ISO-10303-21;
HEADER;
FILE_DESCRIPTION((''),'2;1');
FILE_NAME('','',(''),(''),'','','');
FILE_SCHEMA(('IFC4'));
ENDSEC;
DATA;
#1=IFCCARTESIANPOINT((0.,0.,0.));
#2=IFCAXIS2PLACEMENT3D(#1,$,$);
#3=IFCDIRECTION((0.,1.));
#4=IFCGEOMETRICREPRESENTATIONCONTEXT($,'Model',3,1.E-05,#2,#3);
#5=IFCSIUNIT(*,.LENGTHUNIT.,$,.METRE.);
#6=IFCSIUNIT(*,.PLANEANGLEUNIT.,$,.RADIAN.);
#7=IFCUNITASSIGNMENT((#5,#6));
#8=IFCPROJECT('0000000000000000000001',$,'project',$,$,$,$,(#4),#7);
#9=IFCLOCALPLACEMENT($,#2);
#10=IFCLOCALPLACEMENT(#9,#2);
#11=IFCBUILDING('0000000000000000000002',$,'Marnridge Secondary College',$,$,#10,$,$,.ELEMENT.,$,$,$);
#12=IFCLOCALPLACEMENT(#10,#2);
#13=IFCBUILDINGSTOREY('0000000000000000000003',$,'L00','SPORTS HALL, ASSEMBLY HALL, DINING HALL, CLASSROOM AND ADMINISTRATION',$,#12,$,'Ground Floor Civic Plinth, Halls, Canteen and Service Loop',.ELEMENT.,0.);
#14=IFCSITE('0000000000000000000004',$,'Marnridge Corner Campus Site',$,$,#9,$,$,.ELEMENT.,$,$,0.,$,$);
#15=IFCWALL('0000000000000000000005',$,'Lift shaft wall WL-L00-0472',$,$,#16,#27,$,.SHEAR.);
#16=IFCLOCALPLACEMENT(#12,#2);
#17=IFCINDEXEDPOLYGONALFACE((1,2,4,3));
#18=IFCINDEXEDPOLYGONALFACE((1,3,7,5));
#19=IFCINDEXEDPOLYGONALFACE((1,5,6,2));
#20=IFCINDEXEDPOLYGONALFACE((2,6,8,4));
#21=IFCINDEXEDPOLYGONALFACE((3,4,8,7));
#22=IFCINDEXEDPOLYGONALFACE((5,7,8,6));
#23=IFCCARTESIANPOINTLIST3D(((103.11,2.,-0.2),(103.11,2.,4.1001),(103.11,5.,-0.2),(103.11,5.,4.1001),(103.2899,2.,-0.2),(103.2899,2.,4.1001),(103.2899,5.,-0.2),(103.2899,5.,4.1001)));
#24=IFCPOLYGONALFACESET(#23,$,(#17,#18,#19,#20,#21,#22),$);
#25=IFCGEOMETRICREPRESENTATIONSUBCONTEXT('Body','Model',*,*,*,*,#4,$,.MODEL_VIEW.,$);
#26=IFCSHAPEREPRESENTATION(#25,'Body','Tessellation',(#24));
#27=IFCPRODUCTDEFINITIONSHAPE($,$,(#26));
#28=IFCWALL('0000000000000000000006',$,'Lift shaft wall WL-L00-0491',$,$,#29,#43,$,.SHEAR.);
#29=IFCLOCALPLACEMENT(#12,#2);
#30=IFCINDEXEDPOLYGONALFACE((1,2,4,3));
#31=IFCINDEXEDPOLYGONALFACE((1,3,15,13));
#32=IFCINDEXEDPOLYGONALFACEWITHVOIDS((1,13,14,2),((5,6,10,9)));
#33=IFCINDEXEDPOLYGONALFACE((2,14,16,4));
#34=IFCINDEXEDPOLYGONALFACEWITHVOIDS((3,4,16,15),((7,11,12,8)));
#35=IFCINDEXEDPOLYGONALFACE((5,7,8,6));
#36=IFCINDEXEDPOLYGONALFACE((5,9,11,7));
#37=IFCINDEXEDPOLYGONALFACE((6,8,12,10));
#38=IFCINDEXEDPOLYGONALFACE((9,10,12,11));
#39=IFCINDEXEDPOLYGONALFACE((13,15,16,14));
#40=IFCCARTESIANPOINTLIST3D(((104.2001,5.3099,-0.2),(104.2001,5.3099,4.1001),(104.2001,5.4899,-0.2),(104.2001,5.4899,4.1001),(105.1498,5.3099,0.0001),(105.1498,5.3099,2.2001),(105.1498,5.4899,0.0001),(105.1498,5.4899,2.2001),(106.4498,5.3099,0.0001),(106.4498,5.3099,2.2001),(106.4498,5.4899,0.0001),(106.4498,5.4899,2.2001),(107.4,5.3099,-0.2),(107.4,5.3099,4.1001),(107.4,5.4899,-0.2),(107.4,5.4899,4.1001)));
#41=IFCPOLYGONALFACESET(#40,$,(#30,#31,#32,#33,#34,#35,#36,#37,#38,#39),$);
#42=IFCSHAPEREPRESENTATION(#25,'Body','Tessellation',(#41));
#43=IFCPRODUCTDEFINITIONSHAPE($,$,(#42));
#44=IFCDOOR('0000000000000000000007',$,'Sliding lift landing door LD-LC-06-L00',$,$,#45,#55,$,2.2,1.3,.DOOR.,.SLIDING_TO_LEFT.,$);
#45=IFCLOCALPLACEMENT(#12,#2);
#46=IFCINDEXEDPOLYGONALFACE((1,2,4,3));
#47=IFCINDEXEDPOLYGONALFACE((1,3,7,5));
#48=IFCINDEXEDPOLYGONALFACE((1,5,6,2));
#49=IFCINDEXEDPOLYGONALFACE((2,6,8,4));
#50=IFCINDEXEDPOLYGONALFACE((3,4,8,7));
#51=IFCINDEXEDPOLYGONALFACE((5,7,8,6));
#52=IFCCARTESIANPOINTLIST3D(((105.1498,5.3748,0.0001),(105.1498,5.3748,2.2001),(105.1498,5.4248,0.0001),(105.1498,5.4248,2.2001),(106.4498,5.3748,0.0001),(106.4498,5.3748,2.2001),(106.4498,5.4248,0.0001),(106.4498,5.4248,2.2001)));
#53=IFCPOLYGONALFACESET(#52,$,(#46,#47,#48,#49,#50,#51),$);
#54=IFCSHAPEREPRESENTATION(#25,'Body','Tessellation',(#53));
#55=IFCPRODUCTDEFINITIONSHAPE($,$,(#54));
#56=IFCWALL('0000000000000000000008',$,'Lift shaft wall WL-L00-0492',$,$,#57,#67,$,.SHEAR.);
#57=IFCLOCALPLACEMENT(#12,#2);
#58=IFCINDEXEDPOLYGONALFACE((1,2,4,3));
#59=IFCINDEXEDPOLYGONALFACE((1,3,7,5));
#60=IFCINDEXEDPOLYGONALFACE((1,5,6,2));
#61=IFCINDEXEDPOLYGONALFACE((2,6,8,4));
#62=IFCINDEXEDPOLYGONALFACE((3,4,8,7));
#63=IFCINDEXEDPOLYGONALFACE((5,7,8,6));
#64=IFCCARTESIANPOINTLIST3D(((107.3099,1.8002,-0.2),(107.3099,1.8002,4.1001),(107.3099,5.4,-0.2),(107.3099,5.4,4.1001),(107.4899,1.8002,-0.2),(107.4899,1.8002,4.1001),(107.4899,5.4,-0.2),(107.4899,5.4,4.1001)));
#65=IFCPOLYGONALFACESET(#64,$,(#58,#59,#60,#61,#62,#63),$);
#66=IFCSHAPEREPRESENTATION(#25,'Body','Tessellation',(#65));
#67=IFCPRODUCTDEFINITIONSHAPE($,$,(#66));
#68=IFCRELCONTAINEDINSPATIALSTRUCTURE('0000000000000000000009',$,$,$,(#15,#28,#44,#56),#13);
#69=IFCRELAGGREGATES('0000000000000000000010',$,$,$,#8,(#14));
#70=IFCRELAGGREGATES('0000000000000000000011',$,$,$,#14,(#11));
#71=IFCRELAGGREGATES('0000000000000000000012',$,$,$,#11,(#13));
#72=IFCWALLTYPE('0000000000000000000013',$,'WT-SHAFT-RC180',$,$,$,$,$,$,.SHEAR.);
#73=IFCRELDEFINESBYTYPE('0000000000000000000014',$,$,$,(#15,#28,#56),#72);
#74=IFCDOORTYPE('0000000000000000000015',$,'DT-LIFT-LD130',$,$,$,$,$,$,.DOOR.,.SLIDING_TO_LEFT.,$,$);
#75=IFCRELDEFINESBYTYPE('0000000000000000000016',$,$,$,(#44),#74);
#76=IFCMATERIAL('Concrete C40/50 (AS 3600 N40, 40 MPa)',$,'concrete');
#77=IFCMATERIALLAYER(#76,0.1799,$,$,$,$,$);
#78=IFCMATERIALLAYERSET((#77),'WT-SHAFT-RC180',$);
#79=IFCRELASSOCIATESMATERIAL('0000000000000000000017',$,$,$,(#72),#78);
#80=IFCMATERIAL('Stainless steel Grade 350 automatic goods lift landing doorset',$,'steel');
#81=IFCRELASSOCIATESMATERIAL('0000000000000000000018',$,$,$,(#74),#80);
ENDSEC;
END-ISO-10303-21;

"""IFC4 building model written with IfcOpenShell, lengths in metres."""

from ifc_helpers import new_model, si_unit, direction, frame, frame_2d, origin, place, context, subcontext, project, spatial, rectangle, extrude, material, layer, layer_set, type_object, element, fill, save


model = new_model("IFC4")

# Units and contexts
model_context = context("Model", 3, precision=1e-05, world=origin(), true_north=direction((0.0, 1.0)))
body_context = subcontext(model_context, "Body", "Model", "MODEL_VIEW")
ifc_project = project(units=[si_unit("LENGTHUNIT", "METRE"), si_unit("PLANEANGLEUNIT", "RADIAN")], contexts=[model_context])

# Site, building, storey
site_placement = place(None, origin())
site = spatial("IfcSite", under=ifc_project, at=site_placement, Name="Marnridge Corner Campus Site", CompositionType="ELEMENT", RefElevation=0.0)
building_placement = place(site_placement, origin())
building = spatial("IfcBuilding", under=site, at=building_placement, Name="Marnridge Secondary College", CompositionType="ELEMENT")
storey_placement = place(building_placement, origin())
storey = spatial("IfcBuildingStorey", under=building, at=storey_placement, Name="L00", Description="SPORTS HALL, ASSEMBLY HALL, DINING HALL, CLASSROOM AND ADMINISTRATION", LongName="Ground Floor Civic Plinth, Halls, Canteen and Service Loop", CompositionType="ELEMENT", Elevation=0.0)

# Shared definitions
ifc_material_1 = material(Name="Concrete C40/50 (AS 3600 N40, 40 MPa)", Category="concrete")
ifc_layer_1 = layer(ifc_material_1, 0.1799)
ifc_layer_set_1 = layer_set([ifc_layer_1], Name="WT-SHAFT-RC180")
wall_type_1 = type_object("IfcWallType", Name="WT-SHAFT-RC180", PredefinedType="SHEAR", material=ifc_layer_set_1)

# Wall
wall_1_placement = place(storey_placement, frame((103.2, 5.0, -0.2), z_axis=(0.0, 0.0, 1.0), x_axis=(0.0, -1.0, 0.0)))
element("IfcWall", 1, at=wall_1_placement, inside=storey, type_object=wall_type_1, Name="Lift shaft wall WL-L00-0472", PredefinedType="SHEAR", context=body_context, shape_type="SweptSolid", body=[
    extrude(rectangle(XDim=3.0, YDim=0.1799, at=frame_2d((1.5, 0.0))), origin(), (0.0, 0.0, 1.0), 4.3),
])

# Wall, opening, door
wall_2_placement = place(storey_placement, frame((104.2, 5.3999, -0.2), z_axis=(0.0, 0.0, 1.0), x_axis=(1.0, 0.0, 0.0)))
wall_2 = element("IfcWall", 2, at=wall_2_placement, inside=storey, type_object=wall_type_1, Name="Lift shaft wall WL-L00-0491", PredefinedType="SHEAR", context=body_context, shape_type="SweptSolid", body=[
    extrude(rectangle(XDim=3.2, YDim=0.1799, at=frame_2d((1.6001, 0.0))), origin(), (0.0, 0.0, 1.0), 4.3),
])
opening_1_placement = place(wall_2_placement, frame((0.95, 0.0, 0.2)))
opening_1 = element("IfcOpeningElement", 3, at=opening_1_placement, cuts=wall_2, PredefinedType="OPENING", context=body_context, shape_type="SweptSolid", body=[
    extrude(rectangle(XDim=1.3, YDim=2.2, at=frame_2d((0.6499, 1.1001))), frame((0.0, 0.0999, 0.0), z_axis=(0.0, -1.0, 0.0), x_axis=(1.0, 0.0, 0.0)), (0.0, 0.0, 1.0), 0.2),
])
ifc_material_2 = material(Name="Stainless steel Grade 350 automatic goods lift landing doorset", Category="steel")
door_type_1 = type_object("IfcDoorType", Name="DT-LIFT-LD130", OperationType="SLIDING_TO_LEFT", PredefinedType="DOOR", material=ifc_material_2)
door_1_placement = place(opening_1_placement, origin())
door_1 = element("IfcDoor", 4, at=door_1_placement, inside=storey, type_object=door_type_1, Name="Sliding lift landing door LD-LC-06-L00", OperationType="SLIDING_TO_LEFT", OverallHeight=2.2, OverallWidth=1.3, PredefinedType="DOOR", context=body_context, shape_type="SweptSolid", body=[
    extrude(rectangle(XDim=1.3, YDim=2.2, at=frame_2d((0.6499, 1.1001))), frame((0.0, 0.0249, 0.0), z_axis=(0.0, -1.0, 0.0), x_axis=(1.0, 0.0, 0.0)), (0.0, 0.0, 1.0), 0.05),
])
fill(opening_1, door_1)

# Wall
wall_3_placement = place(storey_placement, frame((107.3999, 5.3999, -0.2), z_axis=(0.0, 0.0, 1.0), x_axis=(0.0, -1.0, 0.0)))
element("IfcWall", 5, at=wall_3_placement, inside=storey, type_object=wall_type_1, Name="Lift shaft wall WL-L00-0492", PredefinedType="SHEAR", context=body_context, shape_type="SweptSolid", body=[
    extrude(rectangle(XDim=3.5999, YDim=0.1799, at=frame_2d((1.7998, 0.0))), origin(), (0.0, 0.0, 1.0), 4.3),
])

save(model, "model.ifc")
